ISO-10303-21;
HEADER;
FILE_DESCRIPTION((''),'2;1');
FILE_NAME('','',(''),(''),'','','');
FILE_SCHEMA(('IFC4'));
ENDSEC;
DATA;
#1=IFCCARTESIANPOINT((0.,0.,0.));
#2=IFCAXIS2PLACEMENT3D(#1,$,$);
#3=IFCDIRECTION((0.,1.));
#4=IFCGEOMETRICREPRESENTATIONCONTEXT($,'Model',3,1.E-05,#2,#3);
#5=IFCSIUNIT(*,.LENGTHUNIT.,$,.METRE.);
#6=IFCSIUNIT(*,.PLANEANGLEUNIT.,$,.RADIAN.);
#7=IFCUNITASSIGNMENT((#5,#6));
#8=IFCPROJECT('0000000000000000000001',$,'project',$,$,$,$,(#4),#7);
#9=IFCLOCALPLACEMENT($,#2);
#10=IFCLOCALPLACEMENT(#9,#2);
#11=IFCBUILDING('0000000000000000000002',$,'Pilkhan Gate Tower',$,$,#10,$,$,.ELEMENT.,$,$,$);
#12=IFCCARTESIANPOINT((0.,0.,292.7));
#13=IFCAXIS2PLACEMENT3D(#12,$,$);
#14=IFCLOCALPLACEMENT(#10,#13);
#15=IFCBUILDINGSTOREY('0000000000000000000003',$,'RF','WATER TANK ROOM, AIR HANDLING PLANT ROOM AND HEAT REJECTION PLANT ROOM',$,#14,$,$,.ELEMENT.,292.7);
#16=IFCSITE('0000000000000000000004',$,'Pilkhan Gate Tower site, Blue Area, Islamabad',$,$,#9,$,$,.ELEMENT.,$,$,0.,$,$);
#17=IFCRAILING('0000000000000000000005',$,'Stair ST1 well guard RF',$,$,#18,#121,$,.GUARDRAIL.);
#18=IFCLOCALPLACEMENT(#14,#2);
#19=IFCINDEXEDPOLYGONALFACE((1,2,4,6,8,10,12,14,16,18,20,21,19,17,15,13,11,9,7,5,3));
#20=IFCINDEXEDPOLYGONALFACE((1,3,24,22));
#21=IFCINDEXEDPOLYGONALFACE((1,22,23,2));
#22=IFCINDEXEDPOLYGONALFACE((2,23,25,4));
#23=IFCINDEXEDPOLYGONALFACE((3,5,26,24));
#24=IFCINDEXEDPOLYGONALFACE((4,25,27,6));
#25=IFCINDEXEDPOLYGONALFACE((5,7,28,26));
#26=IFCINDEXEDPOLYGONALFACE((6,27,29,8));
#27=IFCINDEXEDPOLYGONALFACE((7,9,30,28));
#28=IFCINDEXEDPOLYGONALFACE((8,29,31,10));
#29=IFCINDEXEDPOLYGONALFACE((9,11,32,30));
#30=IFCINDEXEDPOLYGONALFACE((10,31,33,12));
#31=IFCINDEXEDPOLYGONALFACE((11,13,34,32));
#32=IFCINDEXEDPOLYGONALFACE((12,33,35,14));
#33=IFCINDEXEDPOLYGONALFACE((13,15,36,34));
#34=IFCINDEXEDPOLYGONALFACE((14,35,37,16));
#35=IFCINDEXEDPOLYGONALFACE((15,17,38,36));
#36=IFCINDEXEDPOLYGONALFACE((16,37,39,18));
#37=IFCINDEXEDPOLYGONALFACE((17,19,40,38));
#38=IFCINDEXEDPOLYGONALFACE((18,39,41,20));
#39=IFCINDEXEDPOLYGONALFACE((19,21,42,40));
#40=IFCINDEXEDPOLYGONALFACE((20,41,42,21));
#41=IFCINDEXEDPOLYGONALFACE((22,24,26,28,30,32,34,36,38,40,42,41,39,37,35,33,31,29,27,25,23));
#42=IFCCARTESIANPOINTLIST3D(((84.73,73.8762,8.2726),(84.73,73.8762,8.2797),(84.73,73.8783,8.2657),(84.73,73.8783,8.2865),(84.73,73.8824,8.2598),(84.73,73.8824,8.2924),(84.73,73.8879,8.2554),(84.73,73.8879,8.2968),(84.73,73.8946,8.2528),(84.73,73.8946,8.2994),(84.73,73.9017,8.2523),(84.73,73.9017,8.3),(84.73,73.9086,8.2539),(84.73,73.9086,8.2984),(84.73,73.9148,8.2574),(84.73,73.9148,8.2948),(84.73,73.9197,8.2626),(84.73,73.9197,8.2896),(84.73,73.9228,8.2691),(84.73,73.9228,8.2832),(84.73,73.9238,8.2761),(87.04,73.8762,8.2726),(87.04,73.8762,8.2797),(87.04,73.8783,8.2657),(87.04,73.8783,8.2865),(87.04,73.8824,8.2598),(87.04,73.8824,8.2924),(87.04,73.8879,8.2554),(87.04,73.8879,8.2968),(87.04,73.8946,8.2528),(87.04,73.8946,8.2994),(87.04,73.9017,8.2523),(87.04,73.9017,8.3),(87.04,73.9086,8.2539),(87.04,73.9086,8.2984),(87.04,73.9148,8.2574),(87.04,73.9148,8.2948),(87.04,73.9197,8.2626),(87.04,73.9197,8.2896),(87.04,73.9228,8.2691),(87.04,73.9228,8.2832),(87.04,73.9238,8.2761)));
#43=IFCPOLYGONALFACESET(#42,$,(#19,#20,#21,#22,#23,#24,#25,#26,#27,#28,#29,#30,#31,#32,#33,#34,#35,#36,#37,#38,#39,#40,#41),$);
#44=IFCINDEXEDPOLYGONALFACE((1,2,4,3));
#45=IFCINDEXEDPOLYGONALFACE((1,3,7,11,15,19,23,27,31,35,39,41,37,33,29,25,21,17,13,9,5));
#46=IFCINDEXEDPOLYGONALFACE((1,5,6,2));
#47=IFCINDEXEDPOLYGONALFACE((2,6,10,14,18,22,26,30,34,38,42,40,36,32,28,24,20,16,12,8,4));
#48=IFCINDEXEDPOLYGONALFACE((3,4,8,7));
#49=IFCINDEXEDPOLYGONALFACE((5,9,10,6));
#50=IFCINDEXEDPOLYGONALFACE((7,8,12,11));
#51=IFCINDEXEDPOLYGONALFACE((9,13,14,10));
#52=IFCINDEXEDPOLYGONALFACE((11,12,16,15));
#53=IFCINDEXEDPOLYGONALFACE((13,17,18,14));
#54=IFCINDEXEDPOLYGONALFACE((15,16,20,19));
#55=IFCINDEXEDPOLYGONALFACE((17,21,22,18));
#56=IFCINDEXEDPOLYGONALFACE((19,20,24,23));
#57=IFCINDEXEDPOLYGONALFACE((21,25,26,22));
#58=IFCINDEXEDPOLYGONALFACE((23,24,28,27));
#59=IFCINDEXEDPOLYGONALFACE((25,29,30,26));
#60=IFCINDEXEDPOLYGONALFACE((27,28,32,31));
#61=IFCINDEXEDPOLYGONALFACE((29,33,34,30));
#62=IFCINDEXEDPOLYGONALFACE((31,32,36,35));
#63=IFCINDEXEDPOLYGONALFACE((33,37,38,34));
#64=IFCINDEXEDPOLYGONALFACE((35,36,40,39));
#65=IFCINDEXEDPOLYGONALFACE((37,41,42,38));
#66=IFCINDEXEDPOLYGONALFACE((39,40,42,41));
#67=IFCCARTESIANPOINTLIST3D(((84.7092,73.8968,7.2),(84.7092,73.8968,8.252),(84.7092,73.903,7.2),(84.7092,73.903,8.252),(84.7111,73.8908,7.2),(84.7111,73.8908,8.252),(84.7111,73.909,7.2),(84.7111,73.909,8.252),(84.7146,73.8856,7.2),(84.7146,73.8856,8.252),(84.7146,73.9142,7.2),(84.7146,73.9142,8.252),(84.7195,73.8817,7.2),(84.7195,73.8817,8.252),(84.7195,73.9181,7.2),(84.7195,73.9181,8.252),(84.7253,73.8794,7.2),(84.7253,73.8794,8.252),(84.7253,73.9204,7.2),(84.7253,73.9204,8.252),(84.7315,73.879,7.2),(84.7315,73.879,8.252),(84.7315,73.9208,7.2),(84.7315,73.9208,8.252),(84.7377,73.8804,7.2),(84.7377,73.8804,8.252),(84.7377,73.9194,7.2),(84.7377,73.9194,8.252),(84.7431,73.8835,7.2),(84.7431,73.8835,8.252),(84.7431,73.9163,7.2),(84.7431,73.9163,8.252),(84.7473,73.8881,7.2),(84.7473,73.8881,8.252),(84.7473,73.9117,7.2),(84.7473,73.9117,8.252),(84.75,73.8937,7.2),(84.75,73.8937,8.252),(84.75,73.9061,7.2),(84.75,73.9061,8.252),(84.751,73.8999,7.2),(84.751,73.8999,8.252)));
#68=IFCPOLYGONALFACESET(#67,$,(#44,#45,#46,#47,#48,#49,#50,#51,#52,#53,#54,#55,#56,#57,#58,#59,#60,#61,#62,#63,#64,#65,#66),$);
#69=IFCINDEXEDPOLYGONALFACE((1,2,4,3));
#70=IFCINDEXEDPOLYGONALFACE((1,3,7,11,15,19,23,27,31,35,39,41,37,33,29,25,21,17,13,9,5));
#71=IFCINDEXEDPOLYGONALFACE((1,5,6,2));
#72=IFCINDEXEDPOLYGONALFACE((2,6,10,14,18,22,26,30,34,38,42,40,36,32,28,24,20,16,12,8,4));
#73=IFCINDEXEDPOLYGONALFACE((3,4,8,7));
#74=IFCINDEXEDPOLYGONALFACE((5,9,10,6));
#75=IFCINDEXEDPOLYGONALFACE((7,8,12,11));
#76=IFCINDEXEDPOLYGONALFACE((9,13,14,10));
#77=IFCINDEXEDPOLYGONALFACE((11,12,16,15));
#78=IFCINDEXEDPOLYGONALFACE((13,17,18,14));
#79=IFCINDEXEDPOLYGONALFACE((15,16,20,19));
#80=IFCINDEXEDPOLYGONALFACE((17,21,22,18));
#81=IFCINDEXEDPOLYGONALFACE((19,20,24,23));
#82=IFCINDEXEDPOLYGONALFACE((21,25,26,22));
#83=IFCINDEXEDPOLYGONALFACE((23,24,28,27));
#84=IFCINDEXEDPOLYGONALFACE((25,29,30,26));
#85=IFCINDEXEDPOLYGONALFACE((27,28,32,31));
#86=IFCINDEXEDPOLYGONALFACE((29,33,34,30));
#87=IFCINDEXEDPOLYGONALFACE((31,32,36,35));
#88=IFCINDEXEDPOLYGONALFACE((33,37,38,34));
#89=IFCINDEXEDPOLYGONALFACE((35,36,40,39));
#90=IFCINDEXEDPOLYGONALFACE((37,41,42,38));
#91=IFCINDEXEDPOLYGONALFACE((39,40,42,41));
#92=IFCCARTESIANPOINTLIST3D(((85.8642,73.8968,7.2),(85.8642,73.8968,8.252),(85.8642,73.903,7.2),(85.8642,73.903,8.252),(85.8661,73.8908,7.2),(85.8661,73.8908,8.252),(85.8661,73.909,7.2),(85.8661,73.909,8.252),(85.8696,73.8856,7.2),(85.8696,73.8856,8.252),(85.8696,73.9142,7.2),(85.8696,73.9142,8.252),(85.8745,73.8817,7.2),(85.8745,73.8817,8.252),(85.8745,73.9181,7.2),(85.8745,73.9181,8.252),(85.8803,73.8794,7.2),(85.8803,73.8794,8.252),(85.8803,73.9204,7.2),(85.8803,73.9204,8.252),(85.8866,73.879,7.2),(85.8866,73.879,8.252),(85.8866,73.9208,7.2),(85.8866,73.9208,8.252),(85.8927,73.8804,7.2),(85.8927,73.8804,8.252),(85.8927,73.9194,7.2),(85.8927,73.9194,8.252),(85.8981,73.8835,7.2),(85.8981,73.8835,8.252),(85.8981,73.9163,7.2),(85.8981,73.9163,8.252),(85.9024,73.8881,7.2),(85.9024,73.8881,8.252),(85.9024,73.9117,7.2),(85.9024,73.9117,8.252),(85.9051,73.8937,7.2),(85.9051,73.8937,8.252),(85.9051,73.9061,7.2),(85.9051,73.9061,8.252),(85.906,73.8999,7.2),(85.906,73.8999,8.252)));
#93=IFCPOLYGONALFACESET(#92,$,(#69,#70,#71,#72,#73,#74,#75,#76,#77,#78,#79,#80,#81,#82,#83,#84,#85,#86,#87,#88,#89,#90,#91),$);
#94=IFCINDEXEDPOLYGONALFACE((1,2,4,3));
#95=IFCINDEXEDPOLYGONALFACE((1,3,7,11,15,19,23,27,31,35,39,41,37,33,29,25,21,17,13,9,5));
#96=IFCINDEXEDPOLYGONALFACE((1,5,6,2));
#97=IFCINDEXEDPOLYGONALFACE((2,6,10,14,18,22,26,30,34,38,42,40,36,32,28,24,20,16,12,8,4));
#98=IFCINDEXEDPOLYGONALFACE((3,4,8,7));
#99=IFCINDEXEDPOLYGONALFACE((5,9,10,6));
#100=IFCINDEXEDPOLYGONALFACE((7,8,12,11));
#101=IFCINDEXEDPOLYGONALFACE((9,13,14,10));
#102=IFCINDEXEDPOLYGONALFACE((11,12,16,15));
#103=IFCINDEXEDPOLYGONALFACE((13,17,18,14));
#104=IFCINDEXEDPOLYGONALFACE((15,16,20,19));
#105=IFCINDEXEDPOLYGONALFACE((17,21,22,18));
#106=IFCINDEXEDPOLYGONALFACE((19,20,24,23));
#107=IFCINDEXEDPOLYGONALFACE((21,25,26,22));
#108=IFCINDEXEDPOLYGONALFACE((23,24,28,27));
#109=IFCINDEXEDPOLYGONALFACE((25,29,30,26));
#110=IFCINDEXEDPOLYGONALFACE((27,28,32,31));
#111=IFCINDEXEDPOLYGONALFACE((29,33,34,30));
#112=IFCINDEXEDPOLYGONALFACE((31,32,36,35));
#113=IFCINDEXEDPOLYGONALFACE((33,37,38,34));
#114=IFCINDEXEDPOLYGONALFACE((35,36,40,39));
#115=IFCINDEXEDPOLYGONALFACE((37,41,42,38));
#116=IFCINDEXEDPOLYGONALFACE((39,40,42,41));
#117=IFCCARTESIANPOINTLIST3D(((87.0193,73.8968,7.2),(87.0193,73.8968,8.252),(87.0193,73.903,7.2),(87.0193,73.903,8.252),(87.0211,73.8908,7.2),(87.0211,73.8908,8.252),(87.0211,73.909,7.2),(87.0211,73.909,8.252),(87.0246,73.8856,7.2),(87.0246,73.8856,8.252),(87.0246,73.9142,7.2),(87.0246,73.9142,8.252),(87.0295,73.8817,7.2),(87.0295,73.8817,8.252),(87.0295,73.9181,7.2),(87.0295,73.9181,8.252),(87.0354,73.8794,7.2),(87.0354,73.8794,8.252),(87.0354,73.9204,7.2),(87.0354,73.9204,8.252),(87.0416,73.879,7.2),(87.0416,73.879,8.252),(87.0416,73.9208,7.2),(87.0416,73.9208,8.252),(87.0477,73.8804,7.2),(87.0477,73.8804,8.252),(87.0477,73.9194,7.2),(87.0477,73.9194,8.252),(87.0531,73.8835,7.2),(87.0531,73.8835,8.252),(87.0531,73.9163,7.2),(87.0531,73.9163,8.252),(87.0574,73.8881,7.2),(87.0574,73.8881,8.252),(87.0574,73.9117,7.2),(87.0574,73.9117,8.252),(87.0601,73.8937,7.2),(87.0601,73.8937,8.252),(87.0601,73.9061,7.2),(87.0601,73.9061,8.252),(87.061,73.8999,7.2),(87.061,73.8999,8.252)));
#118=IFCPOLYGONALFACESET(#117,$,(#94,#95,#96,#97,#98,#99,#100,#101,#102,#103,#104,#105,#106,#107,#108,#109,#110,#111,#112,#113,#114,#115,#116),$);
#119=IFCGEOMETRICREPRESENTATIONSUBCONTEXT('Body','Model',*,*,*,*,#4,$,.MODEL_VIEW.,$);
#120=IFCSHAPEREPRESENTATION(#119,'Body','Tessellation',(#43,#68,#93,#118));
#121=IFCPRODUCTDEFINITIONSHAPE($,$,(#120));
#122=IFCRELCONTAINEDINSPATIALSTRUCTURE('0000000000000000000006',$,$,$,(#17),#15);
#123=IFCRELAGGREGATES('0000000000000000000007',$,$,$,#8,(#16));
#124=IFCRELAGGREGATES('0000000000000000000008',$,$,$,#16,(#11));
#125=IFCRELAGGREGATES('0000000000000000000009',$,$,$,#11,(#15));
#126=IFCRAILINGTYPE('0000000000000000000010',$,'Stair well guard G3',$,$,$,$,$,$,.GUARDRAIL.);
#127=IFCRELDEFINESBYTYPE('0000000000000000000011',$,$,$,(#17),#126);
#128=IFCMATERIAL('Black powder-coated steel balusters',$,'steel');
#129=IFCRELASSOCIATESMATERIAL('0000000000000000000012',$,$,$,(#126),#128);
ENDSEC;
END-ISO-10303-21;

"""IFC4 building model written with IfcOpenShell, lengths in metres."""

from ifc_helpers import new_model, si_unit, direction, frame, origin, origin_2d, place, context, subcontext, project, spatial, circle, extrude, material, type_object, element, save


model = new_model("IFC4")

# Units and contexts
model_context = context("Model", 3, precision=1e-05, world=origin(), true_north=direction((0.0, 1.0)))
body_context = subcontext(model_context, "Body", "Model", "MODEL_VIEW")
ifc_project = project(units=[si_unit("LENGTHUNIT", "METRE"), si_unit("PLANEANGLEUNIT", "RADIAN")], contexts=[model_context])

# Site, building, storey
site_placement = place(None, origin())
site = spatial("IfcSite", under=ifc_project, at=site_placement, Name="Pilkhan Gate Tower site, Blue Area, Islamabad", CompositionType="ELEMENT", RefElevation=0.0)
building_placement = place(site_placement, origin())
building = spatial("IfcBuilding", under=site, at=building_placement, Name="Pilkhan Gate Tower", CompositionType="ELEMENT")
storey_placement = place(building_placement, frame((0.0, 0.0, 292.7)))
storey = spatial("IfcBuildingStorey", under=building, at=storey_placement, Name="RF", Description="WATER TANK ROOM, AIR HANDLING PLANT ROOM AND HEAT REJECTION PLANT ROOM", CompositionType="ELEMENT", Elevation=292.7)

# Railing
ifc_material_1 = material(Name="Black powder-coated steel balusters", Category="steel")
railing_type = type_object("IfcRailingType", Name="Stair well guard G3", PredefinedType="GUARDRAIL", material=ifc_material_1)
railing_placement = place(storey_placement, frame((84.73, 73.8999, 7.2)))
element("IfcRailing", 1, at=railing_placement, inside=storey, type_object=railing_type, Name="Stair ST1 well guard RF", PredefinedType="GUARDRAIL", context=body_context, shape_type="SweptSolid", body=[
    extrude(circle(Radius=0.0239, at=origin_2d()), frame((0.0, 0.0, 1.0762), z_axis=(1.0, 0.0, 0.0), x_axis=(0.0, 1.0, 0.0)), (0.0, 0.0, 1.0), 2.3101),
    extrude(circle(Radius=0.021, at=origin_2d()), origin(), (0.0, 0.0, 1.0), 1.052),
    extrude(circle(Radius=0.021, at=origin_2d()), frame((1.155, 0.0, 0.0)), (0.0, 0.0, 1.0), 1.052),
    extrude(circle(Radius=0.021, at=origin_2d()), frame((2.3101, 0.0, 0.0)), (0.0, 0.0, 1.0), 1.052),
])

save(model, "model.ifc")
